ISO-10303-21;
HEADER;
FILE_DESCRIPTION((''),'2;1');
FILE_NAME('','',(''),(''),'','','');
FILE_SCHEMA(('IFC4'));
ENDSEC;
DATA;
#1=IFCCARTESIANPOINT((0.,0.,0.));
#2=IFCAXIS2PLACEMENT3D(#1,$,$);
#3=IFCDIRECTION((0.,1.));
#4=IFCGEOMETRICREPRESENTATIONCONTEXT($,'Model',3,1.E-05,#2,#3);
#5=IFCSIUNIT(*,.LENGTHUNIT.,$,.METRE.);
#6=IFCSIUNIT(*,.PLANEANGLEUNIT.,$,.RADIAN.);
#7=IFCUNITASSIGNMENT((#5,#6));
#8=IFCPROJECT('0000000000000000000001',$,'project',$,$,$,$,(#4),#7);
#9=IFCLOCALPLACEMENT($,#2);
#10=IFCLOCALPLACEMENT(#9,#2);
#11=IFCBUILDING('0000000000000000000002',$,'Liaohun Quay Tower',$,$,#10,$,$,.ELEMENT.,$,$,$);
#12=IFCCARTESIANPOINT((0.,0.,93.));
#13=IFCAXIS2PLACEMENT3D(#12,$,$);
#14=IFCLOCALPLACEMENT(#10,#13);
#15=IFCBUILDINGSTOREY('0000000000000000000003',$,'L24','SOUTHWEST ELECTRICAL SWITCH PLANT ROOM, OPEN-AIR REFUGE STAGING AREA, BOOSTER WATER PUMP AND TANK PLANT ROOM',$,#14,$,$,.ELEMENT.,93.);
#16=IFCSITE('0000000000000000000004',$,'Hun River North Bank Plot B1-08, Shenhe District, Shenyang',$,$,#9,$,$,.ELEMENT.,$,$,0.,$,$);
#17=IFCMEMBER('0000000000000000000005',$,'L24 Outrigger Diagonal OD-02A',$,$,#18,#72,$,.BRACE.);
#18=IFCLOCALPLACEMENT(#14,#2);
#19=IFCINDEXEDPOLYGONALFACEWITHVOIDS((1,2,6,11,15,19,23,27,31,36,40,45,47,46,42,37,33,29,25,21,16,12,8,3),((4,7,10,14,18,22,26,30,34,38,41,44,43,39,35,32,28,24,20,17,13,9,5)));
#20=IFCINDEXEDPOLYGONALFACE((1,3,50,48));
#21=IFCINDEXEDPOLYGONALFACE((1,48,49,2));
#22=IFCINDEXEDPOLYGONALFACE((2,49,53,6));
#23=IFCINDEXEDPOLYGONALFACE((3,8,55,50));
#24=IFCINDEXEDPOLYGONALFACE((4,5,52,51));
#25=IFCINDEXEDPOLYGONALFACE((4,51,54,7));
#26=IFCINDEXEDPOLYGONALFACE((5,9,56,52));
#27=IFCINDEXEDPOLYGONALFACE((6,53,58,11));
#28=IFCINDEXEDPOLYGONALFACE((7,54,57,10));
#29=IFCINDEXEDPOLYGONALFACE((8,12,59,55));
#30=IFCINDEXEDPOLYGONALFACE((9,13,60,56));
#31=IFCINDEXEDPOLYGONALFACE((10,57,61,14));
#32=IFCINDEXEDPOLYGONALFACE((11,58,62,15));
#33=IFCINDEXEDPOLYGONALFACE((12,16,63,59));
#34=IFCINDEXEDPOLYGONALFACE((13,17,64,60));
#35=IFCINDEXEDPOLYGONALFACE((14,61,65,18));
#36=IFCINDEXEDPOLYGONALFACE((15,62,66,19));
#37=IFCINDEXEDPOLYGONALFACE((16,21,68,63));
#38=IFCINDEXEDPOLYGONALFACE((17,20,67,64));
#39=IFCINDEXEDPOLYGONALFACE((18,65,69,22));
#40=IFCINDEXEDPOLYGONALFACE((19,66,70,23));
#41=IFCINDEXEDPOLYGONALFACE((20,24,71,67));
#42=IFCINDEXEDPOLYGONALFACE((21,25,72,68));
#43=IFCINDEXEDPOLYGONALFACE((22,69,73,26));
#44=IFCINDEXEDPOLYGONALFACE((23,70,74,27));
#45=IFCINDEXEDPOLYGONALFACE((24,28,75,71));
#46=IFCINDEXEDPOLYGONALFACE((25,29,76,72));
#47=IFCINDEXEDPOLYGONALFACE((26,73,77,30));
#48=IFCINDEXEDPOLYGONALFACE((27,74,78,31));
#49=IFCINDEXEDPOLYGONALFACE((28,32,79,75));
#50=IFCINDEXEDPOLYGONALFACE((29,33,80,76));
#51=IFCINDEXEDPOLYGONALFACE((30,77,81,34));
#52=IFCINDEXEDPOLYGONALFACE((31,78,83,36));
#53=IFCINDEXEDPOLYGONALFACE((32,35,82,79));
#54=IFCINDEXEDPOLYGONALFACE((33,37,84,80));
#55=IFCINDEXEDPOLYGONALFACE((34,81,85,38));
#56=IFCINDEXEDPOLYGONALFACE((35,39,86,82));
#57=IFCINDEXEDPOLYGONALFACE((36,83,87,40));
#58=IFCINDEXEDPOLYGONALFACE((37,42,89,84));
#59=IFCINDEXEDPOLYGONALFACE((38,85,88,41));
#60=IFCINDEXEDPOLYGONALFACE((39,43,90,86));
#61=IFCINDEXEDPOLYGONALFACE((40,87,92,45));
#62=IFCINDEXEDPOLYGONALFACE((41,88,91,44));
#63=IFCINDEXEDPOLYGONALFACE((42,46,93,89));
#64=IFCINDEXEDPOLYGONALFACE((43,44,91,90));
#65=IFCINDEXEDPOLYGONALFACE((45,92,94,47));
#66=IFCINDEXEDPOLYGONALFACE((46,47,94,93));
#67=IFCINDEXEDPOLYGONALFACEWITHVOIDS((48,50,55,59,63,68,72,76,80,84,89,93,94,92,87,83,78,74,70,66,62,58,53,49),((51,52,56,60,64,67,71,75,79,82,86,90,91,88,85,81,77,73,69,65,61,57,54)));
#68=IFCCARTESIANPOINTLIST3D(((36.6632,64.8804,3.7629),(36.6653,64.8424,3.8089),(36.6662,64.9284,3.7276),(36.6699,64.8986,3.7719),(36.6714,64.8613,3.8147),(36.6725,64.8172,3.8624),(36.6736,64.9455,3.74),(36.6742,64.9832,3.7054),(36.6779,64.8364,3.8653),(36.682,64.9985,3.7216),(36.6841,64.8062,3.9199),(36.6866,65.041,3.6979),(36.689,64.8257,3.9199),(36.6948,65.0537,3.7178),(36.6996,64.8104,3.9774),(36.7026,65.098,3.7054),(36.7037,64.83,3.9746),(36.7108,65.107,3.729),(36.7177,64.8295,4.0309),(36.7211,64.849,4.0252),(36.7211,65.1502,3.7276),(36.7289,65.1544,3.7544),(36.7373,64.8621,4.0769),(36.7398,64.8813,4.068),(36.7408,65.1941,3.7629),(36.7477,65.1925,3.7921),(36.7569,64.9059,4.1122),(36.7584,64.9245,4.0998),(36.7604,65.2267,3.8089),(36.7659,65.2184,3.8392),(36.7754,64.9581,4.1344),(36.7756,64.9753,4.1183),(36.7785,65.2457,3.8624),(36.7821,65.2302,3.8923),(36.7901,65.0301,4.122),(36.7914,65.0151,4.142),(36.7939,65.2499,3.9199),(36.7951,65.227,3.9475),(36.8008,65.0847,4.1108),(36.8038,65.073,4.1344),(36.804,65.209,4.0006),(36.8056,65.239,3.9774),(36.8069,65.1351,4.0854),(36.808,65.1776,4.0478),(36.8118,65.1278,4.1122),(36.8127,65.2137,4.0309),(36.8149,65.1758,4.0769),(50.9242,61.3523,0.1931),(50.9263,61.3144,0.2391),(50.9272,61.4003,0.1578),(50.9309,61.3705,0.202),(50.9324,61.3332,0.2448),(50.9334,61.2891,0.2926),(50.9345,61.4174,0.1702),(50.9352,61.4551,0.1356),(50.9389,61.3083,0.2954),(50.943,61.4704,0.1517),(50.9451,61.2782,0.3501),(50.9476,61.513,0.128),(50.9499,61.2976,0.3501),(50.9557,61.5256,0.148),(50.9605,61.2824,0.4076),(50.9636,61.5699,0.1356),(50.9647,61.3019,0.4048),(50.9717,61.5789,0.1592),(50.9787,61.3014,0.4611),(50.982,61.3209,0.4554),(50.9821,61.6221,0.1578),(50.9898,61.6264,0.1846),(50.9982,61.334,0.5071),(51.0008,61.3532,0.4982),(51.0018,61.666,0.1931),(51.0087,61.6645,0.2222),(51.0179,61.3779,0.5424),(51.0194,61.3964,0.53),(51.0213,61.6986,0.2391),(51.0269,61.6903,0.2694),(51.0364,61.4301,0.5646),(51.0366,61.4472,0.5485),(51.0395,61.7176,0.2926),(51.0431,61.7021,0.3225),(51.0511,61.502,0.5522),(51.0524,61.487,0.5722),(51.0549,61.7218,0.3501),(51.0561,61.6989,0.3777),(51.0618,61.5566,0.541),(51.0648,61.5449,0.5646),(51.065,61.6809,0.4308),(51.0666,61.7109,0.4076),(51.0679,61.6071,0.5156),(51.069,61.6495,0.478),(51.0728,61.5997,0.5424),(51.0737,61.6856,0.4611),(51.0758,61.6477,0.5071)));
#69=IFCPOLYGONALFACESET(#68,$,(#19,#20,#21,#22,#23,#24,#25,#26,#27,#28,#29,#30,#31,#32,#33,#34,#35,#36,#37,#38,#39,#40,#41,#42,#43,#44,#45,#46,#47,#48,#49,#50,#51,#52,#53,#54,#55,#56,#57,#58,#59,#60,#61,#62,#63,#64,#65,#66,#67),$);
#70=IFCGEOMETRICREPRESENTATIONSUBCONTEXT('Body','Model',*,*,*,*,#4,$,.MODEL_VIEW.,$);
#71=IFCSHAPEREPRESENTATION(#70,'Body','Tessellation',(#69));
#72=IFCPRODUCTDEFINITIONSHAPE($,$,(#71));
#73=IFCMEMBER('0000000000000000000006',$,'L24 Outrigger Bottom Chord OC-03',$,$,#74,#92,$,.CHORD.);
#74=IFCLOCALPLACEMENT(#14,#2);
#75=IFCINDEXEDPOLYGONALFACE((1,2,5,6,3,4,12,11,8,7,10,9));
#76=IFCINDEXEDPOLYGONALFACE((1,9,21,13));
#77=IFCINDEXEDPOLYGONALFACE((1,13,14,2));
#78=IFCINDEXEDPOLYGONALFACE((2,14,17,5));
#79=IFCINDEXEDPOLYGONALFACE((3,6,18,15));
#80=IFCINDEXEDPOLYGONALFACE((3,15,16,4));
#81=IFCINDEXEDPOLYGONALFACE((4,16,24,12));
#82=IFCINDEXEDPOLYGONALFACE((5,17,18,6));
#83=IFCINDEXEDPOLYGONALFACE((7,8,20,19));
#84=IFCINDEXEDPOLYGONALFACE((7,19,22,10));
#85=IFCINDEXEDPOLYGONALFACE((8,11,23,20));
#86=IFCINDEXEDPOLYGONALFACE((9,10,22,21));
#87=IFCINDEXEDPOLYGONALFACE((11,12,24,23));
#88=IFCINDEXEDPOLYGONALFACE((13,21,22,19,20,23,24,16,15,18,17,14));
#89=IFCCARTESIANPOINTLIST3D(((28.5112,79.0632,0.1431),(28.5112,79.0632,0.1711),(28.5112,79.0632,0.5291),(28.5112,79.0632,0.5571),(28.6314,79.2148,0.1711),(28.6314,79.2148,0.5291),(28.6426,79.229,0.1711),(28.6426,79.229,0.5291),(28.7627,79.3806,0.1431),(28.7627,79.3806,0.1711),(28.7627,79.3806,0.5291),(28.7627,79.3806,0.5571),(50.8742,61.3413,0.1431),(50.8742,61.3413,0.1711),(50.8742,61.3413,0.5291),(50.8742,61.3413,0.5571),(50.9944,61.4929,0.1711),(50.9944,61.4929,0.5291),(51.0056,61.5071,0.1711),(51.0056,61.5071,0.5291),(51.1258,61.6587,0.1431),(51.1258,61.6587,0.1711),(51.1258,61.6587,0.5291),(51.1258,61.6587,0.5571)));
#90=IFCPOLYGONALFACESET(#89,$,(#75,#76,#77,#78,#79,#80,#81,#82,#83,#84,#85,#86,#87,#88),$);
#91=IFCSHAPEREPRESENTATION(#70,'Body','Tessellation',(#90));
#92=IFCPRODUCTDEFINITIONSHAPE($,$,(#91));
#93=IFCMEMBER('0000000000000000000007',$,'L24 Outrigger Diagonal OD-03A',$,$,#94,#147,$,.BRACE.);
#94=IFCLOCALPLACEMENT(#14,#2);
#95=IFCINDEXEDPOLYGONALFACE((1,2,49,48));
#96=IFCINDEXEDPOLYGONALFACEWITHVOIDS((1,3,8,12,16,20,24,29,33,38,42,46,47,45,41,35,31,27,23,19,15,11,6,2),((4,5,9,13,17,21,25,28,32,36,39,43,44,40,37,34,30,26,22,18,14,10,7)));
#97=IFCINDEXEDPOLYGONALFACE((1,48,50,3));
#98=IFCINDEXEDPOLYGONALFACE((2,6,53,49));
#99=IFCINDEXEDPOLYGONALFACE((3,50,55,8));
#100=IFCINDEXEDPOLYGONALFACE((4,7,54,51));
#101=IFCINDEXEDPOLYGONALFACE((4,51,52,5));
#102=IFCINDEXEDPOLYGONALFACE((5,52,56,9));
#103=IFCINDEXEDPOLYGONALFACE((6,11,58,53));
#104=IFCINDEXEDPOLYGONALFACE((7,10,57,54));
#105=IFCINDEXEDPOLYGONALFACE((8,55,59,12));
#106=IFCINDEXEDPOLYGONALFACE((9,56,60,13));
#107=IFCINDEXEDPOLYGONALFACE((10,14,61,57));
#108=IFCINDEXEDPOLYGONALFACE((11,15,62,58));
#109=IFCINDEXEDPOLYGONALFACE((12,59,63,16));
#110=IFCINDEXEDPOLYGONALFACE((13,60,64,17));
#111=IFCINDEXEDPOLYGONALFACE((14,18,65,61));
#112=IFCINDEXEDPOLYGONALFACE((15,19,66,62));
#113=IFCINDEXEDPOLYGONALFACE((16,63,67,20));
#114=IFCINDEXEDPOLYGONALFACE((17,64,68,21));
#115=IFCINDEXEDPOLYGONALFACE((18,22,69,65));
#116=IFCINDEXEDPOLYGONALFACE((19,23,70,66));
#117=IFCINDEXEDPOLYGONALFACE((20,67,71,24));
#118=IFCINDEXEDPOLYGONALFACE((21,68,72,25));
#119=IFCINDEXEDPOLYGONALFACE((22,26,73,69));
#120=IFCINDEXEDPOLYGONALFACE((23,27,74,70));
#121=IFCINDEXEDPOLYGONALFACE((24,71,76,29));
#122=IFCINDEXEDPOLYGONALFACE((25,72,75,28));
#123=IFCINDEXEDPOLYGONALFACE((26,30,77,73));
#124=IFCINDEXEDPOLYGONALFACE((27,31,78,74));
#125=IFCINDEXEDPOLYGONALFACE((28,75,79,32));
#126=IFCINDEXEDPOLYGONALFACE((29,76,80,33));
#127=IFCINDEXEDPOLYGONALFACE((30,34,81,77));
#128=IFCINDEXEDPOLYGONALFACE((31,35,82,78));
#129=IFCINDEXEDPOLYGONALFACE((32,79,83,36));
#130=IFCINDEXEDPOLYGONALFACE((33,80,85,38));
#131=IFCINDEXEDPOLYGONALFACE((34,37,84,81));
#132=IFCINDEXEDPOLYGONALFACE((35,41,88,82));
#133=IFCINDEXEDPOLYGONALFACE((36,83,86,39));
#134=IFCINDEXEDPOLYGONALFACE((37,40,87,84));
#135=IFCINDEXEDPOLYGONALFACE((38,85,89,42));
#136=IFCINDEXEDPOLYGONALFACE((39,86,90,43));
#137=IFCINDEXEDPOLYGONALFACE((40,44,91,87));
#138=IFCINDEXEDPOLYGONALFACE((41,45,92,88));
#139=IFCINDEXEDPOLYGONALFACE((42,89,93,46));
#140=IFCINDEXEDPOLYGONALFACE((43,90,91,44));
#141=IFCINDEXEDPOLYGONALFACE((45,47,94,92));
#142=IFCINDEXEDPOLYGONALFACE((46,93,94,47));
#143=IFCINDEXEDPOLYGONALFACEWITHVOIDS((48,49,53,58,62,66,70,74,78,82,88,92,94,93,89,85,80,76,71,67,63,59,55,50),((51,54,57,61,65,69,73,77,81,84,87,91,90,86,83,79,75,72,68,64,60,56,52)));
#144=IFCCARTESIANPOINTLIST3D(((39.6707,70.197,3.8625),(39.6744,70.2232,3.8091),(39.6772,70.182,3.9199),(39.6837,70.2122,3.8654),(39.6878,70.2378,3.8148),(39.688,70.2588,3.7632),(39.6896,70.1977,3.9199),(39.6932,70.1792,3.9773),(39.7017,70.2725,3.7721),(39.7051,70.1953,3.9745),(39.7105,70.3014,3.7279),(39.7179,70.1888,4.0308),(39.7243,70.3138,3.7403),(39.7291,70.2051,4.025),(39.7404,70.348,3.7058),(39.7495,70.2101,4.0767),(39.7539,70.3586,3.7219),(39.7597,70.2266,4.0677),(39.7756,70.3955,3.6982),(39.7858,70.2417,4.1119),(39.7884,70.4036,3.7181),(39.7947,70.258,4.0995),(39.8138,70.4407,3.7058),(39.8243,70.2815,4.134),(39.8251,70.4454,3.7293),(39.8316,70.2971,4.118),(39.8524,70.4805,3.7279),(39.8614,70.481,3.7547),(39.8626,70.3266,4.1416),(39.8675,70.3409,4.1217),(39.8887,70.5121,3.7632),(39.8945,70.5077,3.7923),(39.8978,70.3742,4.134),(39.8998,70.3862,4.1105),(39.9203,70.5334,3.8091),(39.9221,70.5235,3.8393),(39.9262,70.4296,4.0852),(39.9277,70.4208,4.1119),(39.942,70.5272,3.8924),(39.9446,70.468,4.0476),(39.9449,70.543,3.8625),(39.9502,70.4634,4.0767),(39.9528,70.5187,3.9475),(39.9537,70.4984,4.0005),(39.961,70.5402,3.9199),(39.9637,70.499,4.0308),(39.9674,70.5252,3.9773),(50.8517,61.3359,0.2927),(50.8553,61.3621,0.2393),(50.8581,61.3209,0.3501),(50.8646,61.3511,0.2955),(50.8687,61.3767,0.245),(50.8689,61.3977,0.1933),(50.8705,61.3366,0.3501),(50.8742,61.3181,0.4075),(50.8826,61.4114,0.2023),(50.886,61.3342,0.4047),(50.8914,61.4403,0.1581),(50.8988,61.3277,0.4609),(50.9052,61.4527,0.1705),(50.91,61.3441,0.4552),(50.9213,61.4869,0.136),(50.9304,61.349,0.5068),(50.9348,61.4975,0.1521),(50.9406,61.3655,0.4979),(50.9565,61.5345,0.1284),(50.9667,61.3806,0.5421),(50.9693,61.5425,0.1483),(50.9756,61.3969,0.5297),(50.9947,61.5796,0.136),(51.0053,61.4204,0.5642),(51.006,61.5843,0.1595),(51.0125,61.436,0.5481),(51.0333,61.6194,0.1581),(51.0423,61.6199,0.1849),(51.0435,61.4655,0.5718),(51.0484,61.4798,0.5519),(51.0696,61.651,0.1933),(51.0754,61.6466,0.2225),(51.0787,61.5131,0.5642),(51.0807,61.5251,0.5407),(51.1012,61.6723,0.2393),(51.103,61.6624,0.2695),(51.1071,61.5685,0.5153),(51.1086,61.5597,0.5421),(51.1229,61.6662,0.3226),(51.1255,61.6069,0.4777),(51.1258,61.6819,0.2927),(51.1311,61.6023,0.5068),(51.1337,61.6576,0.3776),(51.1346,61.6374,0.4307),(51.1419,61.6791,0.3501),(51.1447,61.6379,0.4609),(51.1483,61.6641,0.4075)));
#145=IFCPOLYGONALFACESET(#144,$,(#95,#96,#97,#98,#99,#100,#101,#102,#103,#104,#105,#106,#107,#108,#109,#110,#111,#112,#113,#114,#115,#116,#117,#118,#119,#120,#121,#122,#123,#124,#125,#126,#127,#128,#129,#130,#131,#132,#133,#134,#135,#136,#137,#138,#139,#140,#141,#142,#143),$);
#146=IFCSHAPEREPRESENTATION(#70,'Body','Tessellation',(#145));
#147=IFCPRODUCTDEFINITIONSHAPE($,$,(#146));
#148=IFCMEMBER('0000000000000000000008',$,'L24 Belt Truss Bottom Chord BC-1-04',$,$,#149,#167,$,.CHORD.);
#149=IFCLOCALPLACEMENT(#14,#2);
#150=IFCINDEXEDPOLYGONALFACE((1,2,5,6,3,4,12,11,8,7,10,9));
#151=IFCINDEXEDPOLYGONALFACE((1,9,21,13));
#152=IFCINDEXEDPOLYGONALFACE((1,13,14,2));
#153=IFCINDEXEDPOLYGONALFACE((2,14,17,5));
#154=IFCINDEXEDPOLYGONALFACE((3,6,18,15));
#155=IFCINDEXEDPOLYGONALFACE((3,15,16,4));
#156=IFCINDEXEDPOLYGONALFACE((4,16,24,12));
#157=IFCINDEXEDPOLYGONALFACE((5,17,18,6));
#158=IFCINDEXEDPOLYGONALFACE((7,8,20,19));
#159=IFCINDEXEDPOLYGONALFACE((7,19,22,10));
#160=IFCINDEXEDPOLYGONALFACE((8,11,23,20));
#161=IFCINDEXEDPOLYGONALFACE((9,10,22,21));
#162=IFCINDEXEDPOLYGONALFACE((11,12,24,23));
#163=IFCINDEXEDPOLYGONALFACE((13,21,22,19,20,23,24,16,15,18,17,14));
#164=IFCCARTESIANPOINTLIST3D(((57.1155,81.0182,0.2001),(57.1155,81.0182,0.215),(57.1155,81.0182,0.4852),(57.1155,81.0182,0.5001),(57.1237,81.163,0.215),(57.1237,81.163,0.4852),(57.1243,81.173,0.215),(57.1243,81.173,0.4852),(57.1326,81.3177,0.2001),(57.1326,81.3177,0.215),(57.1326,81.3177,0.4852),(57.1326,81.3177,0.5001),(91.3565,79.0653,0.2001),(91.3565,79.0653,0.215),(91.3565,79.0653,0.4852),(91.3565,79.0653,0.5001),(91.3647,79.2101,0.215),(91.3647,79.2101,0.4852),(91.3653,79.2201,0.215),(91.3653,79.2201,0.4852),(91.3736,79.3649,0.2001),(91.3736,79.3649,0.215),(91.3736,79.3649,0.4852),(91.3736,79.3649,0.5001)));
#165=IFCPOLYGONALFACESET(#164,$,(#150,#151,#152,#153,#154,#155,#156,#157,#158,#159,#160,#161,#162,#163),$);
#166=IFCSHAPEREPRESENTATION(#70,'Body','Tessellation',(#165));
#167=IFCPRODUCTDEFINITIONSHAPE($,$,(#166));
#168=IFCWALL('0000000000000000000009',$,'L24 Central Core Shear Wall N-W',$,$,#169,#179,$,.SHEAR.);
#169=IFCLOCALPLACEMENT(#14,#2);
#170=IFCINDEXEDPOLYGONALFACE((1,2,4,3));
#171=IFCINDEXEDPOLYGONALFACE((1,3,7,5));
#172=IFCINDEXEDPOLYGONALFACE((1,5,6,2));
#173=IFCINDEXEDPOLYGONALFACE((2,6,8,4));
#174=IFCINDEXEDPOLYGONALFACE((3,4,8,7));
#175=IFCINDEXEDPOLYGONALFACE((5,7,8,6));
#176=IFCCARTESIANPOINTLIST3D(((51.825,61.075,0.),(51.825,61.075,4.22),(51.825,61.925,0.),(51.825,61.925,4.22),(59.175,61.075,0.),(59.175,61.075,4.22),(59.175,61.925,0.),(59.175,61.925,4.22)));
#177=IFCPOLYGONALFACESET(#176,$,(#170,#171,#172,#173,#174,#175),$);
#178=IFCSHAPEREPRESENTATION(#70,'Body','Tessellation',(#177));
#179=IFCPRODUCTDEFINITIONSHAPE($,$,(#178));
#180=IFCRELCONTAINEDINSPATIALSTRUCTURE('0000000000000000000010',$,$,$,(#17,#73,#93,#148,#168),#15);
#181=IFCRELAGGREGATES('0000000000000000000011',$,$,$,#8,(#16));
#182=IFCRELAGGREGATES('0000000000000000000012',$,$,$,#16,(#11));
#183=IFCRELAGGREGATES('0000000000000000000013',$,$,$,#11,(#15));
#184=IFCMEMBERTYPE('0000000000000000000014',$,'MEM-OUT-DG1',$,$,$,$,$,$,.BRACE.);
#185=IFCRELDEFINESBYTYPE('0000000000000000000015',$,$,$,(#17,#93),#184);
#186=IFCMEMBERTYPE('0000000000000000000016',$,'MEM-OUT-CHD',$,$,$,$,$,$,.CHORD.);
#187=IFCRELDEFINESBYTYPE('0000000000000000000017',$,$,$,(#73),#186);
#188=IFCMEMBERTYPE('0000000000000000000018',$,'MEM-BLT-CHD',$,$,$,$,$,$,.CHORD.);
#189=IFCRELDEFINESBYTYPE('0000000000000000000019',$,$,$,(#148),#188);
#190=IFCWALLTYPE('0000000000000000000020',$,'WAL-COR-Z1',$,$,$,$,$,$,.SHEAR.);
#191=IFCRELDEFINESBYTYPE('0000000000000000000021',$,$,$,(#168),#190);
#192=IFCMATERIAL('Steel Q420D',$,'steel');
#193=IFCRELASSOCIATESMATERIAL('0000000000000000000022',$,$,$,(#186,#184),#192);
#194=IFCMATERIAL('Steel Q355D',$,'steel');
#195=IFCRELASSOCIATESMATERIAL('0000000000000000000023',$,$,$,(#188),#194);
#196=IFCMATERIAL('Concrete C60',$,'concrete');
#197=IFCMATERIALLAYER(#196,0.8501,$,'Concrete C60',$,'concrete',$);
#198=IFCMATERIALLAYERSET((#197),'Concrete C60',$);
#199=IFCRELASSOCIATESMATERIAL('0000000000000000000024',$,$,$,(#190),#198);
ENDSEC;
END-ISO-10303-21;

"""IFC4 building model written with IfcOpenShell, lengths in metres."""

from ifc_helpers import new_model, si_unit, direction, frame, frame_2d, origin, origin_2d, place, context, subcontext, project, spatial, rectangle, hollow_circle, i_section, extrude, source, transform, mapped, material, layer, layer_set, material_profile, profile_set, type_object, element, save


model = new_model("IFC4")

# Units and contexts
model_context = context("Model", 3, precision=1e-05, world=origin(), true_north=direction((0.0, 1.0)))
body_context = subcontext(model_context, "Body", "Model", "MODEL_VIEW")
ifc_project = project(units=[si_unit("LENGTHUNIT", "METRE"), si_unit("PLANEANGLEUNIT", "RADIAN")], contexts=[model_context])

# Site, building, storey
site_placement = place(None, origin())
site = spatial("IfcSite", under=ifc_project, at=site_placement, Name="Hun River North Bank Plot B1-08, Shenhe District, Shenyang", CompositionType="ELEMENT", RefElevation=0.0)
building_placement = place(site_placement, origin())
building = spatial("IfcBuilding", under=site, at=building_placement, Name="Liaohun Quay Tower", CompositionType="ELEMENT")
storey_placement = place(building_placement, frame((0.0, 0.0, 93.0)))
storey = spatial("IfcBuildingStorey", under=building, at=storey_placement, Name="L24", Description="SOUTHWEST ELECTRICAL SWITCH PLANT ROOM, OPEN-AIR REFUGE STAGING AREA, BOOSTER WATER PUMP AND TANK PLANT ROOM", CompositionType="ELEMENT", Elevation=93.0)

# Shared definitions
ifc_material_1 = material(Name="Concrete C60", Category="concrete")

# Shared definitions
ifc_material_2 = material(Name="Steel Q355D", Category="steel")
ifc_material_3 = material(Name="Steel Q420D", Category="steel")

# Members
ifc_material_profile_1 = material_profile(ifc_material_3, i_section(OverallWidth=0.405, OverallDepth=0.4141, WebThickness=0.0181, FlangeThickness=0.0281, at=origin_2d()), Name="HW414x405x18x28")
ifc_profile_set_1 = profile_set([ifc_material_profile_1], Name="Steel Q420D")
member_type_1 = type_object("IfcMemberType", Name="MEM-OUT-CHD", PredefinedType="CHORD", material=ifc_profile_set_1)
ifc_material_profile_2 = material_profile(ifc_material_3, hollow_circle(Radius=0.2285, WallThickness=0.02, at=origin_2d()), Name="CHS457x20")
ifc_profile_set_2 = profile_set([ifc_material_profile_2], Name="Steel Q420D")
member_type_2 = type_object("IfcMemberType", Name="MEM-OUT-DG1", PredefinedType="BRACE", material=ifc_profile_set_2)
shared_shape_1 = source(origin(), body_context, "Body", "SweptSolid", [
    extrude(hollow_circle(Radius=0.2285, WallThickness=0.02, at=origin_2d()), origin(), (0.0, 0.0, 1.0), 15.1184),
])
member_1_placement = place(storey_placement, frame((51.0, 61.5, 0.3501), z_axis=(-0.943285, 0.233363, 0.236124), x_axis=(-0.240154, -0.970735, 0.0)))
element("IfcMember", 1, at=member_1_placement, inside=storey, type_object=member_type_2, Name="L24 Outrigger Diagonal OD-02A", PredefinedType="BRACE", context=body_context, shape_type="MappedRepresentation", body=[
    mapped(shared_shape_1, transform((0.0, 0.0, 0.0), x_axis=(1.0, 0.0, 0.0), y_axis=(0.0, 1.0, 0.0), z_axis=(0.0, 0.0, 1.0), scale=1.0)),
])
shared_shape_2 = source(origin(), body_context, "Body", "SweptSolid", [
    extrude(i_section(OverallWidth=0.405, OverallDepth=0.4141, WebThickness=0.0181, FlangeThickness=0.0281, at=origin_2d()), origin(), (0.0, 0.0, 1.0), 28.5337),
])
member_2_placement = place(storey_placement, frame((51.0, 61.5, 0.3501), z_axis=(-0.783741, 0.621087, 0.0), x_axis=(-0.621087, -0.783741, 0.0)))
element("IfcMember", 2, at=member_2_placement, inside=storey, type_object=member_type_1, Name="L24 Outrigger Bottom Chord OC-03", PredefinedType="CHORD", context=body_context, shape_type="MappedRepresentation", body=[
    mapped(shared_shape_2, transform((0.0, 0.0, 0.0), x_axis=(1.0, 0.0, 0.0), y_axis=(0.0, 1.0, 0.0), z_axis=(0.0, 0.0, 1.0), scale=1.0)),
])
shared_shape_3 = source(origin(), body_context, "Body", "SweptSolid", [
    extrude(hollow_circle(Radius=0.2285, WallThickness=0.02, at=origin_2d()), origin(), (0.0, 0.0, 1.0), 14.7063),
])
member_3_placement = place(storey_placement, frame((51.0, 61.5, 0.3501), z_axis=(-0.76028, 0.602537, 0.242741), x_axis=(-0.621114, -0.783721, 0.0)))
element("IfcMember", 3, at=member_3_placement, inside=storey, type_object=member_type_2, Name="L24 Outrigger Diagonal OD-03A", PredefinedType="BRACE", context=body_context, shape_type="MappedRepresentation", body=[
    mapped(shared_shape_3, transform((0.0, 0.0, 0.0), x_axis=(1.0, 0.0, 0.0), y_axis=(0.0, 1.0, 0.0), z_axis=(0.0, 0.0, 1.0), scale=1.0)),
])
ifc_material_profile_3 = material_profile(ifc_material_2, i_section(OverallWidth=0.3, OverallDepth=0.3, WebThickness=0.01, FlangeThickness=0.0149, at=origin_2d()), Name="HW300x300x10x15")
ifc_profile_set_3 = profile_set([ifc_material_profile_3], Name="Steel Q355D")
member_type_3 = type_object("IfcMemberType", Name="MEM-BLT-CHD", PredefinedType="CHORD", material=ifc_profile_set_3)
shared_shape_4 = source(origin(), body_context, "Body", "SweptSolid", [
    extrude(i_section(OverallWidth=0.3, OverallDepth=0.3, WebThickness=0.01, FlangeThickness=0.0149, at=origin_2d()), origin(), (0.0, 0.0, 1.0), 34.2966),
])
member_4_placement = place(storey_placement, frame((57.124, 81.168, 0.3501), z_axis=(0.998378, -0.056941, 0.0), x_axis=(0.056941, 0.998378, 0.0)))
element("IfcMember", 4, at=member_4_placement, inside=storey, type_object=member_type_3, Name="L24 Belt Truss Bottom Chord BC-1-04", PredefinedType="CHORD", context=body_context, shape_type="MappedRepresentation", body=[
    mapped(shared_shape_4, transform((0.0, 0.0, 0.0), x_axis=(1.0, 0.0, 0.0), y_axis=(0.0, 1.0, 0.0), z_axis=(0.0, 0.0, 1.0), scale=1.0)),
])

# Wall
ifc_layer_1 = layer(ifc_material_1, 0.8501, Name="Concrete C60", Category="concrete")
ifc_layer_set_1 = layer_set([ifc_layer_1], Name="Concrete C60")
wall_type_1 = type_object("IfcWallType", Name="WAL-COR-Z1", PredefinedType="SHEAR", material=ifc_layer_set_1)
wall_1_placement = place(storey_placement, frame((51.825, 61.5, 0.0), z_axis=(0.0, 0.0, 1.0), x_axis=(1.0, 0.0, 0.0)))
element("IfcWall", 5, at=wall_1_placement, inside=storey, type_object=wall_type_1, Name="L24 Central Core Shear Wall N-W", PredefinedType="SHEAR", context=body_context, shape_type="SweptSolid", body=[
    extrude(rectangle(XDim=7.3501, YDim=0.8501, at=frame_2d((3.675, 0.0))), origin(), (0.0, 0.0, 1.0), 4.22),
])

save(model, "model.ifc")
